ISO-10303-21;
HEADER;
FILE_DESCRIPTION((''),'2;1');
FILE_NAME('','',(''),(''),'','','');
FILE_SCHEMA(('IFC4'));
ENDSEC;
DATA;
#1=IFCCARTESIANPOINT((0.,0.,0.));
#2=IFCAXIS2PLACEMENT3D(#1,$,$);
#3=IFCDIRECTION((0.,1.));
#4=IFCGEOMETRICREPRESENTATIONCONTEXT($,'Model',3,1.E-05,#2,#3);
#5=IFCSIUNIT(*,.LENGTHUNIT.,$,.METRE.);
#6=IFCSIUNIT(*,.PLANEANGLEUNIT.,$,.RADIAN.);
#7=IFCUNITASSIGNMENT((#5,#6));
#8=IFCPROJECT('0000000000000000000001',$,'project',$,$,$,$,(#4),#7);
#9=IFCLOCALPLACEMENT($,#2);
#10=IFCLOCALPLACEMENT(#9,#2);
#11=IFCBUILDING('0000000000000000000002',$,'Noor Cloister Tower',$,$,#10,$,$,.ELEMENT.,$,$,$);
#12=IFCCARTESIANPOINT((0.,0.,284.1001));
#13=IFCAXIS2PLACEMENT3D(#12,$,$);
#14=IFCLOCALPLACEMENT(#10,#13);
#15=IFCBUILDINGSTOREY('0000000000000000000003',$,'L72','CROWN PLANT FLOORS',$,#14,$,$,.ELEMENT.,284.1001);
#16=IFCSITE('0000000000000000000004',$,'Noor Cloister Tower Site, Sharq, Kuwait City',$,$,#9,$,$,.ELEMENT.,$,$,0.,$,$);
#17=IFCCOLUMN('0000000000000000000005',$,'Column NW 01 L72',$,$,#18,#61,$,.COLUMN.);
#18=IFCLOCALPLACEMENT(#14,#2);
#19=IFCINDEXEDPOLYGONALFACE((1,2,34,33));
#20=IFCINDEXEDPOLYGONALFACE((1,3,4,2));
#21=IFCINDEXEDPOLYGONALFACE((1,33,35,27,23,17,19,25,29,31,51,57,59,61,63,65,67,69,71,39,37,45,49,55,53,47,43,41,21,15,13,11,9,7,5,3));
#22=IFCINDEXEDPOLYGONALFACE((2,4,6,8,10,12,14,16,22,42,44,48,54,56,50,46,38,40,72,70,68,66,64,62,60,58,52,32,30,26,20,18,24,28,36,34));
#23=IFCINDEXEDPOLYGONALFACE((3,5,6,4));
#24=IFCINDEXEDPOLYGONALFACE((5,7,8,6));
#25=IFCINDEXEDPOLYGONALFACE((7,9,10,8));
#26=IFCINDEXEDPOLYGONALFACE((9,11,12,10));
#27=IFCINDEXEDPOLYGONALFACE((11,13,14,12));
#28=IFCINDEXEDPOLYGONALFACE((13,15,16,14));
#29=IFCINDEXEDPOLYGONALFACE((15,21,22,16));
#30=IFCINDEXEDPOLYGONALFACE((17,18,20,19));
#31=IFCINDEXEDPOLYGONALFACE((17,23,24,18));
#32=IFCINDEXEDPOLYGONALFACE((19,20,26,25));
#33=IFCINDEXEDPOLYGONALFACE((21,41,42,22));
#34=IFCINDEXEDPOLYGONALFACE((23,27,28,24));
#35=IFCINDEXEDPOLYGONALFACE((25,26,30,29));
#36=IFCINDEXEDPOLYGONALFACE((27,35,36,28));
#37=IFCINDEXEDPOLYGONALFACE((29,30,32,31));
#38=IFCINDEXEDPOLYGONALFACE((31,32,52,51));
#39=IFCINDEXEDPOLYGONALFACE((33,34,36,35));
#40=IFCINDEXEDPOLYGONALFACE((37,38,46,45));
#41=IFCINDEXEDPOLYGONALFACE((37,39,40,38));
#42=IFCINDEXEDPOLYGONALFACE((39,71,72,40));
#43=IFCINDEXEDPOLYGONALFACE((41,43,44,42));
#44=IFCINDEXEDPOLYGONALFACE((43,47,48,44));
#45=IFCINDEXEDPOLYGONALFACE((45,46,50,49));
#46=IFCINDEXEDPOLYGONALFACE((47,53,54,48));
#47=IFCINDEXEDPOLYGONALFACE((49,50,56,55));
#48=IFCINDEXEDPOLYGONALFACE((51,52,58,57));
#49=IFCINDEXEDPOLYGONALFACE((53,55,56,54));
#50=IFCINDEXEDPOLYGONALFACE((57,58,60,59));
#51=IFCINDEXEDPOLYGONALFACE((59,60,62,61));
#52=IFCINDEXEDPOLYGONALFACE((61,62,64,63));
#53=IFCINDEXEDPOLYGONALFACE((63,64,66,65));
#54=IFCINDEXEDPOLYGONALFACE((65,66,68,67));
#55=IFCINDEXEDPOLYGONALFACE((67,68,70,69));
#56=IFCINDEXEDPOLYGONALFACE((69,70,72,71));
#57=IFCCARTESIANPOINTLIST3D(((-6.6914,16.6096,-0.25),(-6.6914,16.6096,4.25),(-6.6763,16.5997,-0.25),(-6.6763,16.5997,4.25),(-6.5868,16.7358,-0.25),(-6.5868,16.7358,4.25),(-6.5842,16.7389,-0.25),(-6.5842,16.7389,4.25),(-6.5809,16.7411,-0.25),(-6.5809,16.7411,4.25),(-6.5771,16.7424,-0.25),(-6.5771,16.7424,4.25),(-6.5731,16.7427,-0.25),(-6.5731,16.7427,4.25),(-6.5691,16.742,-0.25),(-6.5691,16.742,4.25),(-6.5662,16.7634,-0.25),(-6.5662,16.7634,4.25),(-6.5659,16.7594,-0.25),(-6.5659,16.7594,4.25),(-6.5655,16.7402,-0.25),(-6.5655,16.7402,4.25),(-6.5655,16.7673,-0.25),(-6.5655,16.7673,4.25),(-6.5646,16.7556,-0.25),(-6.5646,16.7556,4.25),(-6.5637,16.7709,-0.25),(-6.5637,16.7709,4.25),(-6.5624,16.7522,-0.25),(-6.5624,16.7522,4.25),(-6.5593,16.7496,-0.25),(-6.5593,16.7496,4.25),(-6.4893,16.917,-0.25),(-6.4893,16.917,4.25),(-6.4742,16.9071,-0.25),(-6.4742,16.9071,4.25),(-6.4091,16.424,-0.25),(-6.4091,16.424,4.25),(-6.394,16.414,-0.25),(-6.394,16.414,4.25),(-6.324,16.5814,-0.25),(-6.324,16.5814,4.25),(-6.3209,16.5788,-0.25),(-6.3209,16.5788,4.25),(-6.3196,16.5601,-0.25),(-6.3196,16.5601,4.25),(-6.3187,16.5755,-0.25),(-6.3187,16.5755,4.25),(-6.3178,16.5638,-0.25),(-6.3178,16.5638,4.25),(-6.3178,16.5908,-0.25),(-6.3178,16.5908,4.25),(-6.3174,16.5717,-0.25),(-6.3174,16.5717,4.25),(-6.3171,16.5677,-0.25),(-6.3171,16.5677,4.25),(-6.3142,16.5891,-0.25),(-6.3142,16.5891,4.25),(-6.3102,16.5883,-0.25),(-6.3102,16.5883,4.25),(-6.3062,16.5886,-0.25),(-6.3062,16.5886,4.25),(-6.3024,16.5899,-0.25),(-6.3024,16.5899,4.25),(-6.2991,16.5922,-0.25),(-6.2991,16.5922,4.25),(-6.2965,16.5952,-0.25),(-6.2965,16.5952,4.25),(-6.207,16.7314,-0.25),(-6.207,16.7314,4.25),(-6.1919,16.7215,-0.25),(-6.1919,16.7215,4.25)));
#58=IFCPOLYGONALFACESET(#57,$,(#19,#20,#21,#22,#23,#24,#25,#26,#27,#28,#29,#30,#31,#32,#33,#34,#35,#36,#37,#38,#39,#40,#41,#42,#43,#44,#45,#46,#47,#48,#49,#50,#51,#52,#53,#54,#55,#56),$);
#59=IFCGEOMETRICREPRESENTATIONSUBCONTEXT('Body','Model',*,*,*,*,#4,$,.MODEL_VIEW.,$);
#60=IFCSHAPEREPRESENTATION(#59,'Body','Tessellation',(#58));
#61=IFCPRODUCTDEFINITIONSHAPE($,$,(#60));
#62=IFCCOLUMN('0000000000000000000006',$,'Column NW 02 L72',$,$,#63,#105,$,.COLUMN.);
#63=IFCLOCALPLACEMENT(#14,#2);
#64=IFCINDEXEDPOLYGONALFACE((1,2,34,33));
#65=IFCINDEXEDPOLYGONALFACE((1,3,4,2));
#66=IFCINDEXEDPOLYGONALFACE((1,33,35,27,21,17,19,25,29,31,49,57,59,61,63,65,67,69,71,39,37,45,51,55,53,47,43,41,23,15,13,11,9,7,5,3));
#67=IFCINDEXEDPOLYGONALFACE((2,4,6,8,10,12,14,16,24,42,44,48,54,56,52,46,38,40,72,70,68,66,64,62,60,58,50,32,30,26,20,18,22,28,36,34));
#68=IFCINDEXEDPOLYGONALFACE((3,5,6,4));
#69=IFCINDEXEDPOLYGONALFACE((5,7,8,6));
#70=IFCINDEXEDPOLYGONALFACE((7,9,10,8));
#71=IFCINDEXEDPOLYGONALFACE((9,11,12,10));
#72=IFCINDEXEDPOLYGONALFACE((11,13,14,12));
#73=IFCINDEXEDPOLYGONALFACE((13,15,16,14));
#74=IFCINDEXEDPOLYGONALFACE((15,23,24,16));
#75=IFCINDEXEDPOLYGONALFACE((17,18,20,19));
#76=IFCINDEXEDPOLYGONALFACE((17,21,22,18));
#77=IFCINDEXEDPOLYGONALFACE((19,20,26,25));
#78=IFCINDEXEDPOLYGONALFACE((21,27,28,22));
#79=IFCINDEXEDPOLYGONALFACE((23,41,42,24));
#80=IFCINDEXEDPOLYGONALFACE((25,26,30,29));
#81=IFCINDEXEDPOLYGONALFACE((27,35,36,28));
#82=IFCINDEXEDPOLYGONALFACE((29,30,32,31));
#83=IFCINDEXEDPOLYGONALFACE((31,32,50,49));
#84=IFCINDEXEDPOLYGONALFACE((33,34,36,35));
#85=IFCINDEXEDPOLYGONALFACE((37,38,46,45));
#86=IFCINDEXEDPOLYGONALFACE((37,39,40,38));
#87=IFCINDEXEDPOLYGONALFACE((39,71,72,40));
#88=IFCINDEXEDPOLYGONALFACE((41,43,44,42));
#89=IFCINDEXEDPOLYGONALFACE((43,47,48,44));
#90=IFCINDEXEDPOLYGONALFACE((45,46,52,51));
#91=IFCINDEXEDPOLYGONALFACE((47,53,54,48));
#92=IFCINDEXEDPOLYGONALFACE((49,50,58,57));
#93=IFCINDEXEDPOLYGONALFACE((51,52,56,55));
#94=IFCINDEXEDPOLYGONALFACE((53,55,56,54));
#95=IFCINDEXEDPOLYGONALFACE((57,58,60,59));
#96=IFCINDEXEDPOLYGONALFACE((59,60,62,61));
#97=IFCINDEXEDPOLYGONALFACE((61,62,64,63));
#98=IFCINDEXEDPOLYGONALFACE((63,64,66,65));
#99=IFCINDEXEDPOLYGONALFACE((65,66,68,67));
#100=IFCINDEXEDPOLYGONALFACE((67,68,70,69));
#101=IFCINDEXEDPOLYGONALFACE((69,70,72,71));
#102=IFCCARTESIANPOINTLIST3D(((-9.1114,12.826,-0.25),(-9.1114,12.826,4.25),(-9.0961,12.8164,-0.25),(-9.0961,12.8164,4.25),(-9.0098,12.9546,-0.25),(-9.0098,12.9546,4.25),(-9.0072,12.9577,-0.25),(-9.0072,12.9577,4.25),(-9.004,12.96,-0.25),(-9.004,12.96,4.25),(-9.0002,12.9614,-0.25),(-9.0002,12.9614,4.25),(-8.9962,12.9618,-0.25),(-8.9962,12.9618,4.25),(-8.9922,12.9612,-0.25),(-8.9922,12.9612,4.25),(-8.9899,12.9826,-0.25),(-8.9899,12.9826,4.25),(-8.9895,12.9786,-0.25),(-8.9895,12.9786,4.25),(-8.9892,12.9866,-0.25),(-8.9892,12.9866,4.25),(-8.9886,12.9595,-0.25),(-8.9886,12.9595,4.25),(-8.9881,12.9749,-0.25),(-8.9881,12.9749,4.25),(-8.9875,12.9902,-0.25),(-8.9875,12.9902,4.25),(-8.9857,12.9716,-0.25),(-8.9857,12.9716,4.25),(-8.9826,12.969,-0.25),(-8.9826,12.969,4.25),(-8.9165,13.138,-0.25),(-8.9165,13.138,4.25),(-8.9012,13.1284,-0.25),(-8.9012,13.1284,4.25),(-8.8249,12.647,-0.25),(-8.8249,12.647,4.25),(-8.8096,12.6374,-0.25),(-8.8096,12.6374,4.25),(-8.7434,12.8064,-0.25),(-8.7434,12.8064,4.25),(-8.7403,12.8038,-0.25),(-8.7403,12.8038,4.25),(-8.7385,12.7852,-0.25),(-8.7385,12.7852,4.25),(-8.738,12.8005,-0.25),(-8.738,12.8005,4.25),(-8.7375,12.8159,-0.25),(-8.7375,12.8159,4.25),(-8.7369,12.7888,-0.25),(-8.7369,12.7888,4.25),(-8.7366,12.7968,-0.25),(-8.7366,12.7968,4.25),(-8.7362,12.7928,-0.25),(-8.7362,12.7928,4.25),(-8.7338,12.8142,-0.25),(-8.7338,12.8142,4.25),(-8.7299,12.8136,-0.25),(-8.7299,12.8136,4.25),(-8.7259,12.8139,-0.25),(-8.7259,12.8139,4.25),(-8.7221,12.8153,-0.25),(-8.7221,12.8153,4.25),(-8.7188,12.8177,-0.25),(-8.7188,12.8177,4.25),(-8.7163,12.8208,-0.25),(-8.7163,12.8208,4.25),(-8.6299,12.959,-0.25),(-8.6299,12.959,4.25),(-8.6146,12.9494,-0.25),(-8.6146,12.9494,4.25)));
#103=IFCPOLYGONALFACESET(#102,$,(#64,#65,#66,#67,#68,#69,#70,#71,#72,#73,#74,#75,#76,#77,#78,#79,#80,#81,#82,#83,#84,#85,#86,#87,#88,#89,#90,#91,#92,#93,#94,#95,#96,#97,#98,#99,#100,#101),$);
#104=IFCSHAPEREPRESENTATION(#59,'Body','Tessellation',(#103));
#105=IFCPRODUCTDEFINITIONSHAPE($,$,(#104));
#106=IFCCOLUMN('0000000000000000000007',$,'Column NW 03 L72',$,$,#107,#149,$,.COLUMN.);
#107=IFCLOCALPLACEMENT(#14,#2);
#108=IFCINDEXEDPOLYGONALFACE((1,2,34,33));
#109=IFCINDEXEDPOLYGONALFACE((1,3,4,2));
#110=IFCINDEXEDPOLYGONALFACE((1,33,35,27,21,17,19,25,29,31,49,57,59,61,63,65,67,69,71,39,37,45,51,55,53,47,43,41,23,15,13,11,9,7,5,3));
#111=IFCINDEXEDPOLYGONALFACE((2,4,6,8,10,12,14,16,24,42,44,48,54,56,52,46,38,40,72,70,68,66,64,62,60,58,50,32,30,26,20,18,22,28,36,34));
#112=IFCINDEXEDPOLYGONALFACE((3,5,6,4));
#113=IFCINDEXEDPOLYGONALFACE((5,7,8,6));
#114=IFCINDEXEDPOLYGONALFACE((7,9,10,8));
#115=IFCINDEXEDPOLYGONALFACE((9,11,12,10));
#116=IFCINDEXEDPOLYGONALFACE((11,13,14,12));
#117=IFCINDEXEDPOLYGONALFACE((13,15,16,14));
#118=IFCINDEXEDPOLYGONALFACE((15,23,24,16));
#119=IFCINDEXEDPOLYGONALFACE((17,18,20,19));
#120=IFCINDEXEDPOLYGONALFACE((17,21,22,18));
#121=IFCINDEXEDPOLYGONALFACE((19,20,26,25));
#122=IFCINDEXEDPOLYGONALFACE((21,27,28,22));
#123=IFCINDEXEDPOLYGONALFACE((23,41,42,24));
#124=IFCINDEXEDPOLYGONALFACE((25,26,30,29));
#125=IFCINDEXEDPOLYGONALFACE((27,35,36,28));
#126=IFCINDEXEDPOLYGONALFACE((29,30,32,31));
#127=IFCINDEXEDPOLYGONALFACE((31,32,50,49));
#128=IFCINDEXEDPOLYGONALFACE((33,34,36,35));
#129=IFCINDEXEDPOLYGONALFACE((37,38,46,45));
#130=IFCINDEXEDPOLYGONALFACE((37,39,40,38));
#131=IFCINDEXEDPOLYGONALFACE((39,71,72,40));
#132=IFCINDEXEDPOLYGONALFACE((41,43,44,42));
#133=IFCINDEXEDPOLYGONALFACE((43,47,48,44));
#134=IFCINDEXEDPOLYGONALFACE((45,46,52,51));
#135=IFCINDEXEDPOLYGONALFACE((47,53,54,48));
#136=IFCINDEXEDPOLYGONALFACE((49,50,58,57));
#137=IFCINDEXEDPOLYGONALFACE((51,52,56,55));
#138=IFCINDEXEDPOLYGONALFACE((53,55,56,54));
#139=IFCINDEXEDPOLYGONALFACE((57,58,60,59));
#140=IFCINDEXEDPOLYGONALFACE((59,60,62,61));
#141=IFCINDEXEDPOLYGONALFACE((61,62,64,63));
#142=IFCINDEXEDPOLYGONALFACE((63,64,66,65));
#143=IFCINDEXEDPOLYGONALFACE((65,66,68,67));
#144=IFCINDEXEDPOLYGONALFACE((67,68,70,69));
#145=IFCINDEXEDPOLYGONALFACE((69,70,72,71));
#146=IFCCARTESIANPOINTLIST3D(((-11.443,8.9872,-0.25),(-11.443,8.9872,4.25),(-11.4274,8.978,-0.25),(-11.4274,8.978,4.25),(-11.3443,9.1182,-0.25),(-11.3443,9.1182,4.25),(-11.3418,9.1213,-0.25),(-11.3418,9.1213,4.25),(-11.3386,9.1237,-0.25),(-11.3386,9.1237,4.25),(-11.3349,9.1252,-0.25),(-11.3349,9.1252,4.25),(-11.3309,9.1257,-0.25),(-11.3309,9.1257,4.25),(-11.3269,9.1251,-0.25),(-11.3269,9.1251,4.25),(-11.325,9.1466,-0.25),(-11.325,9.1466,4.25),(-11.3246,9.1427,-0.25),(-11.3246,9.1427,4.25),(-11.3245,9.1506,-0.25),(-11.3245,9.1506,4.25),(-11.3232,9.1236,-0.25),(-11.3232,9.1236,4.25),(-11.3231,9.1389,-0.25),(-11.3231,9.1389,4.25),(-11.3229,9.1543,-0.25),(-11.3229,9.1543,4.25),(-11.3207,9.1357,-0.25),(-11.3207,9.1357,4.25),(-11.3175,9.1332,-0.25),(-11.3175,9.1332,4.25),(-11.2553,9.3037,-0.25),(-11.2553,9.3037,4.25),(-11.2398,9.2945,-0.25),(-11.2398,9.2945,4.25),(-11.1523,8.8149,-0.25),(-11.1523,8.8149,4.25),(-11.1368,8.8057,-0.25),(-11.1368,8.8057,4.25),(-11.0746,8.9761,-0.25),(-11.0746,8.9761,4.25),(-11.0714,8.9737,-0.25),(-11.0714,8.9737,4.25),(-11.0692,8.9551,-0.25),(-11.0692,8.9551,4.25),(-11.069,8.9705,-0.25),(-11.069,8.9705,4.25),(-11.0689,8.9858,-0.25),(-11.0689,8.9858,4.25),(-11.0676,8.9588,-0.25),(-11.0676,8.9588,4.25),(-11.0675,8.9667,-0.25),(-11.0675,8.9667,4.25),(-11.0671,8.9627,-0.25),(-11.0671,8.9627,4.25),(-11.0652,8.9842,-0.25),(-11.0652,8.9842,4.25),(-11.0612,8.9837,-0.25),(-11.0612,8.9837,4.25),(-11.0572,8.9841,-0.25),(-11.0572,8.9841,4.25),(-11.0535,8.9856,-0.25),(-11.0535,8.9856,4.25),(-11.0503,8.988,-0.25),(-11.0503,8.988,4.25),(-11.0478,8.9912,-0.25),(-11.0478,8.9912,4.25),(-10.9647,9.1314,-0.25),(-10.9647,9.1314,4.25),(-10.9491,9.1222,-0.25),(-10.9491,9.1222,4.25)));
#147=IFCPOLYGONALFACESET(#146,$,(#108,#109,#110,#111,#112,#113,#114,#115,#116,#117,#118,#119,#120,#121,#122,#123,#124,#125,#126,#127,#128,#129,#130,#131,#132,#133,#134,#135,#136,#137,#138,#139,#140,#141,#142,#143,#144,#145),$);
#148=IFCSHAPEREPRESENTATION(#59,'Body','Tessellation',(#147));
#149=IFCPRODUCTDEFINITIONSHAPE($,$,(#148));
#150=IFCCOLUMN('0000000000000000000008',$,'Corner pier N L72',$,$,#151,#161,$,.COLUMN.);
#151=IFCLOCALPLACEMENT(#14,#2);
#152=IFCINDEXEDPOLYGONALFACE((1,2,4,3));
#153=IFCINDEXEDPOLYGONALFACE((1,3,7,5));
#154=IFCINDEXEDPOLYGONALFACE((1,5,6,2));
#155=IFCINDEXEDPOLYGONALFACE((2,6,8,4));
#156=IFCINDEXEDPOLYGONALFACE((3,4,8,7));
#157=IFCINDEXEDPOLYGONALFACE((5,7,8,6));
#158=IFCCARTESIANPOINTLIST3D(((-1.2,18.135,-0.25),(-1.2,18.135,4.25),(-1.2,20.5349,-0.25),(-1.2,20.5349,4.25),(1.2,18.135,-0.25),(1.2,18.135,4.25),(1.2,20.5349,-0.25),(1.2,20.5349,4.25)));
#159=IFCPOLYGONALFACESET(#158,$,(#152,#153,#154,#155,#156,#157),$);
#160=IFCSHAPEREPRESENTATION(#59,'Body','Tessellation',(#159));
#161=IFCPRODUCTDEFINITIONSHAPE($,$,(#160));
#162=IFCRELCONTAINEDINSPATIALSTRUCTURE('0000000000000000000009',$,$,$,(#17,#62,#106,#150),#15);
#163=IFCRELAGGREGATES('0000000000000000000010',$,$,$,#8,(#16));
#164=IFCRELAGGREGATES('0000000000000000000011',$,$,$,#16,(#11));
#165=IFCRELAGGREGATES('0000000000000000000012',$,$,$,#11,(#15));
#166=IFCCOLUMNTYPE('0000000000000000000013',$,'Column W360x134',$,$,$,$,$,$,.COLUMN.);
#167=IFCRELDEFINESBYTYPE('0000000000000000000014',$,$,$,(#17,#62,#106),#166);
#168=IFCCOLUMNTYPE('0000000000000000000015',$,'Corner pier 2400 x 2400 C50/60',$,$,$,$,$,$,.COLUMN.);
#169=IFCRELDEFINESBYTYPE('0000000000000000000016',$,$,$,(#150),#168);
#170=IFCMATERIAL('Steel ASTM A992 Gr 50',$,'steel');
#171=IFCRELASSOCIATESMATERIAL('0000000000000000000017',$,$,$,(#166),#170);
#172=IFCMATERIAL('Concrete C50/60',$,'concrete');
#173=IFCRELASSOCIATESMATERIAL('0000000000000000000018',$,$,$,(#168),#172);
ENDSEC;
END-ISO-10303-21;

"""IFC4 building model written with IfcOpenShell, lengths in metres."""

from ifc_helpers import new_model, si_unit, direction, frame, origin, origin_2d, place, context, subcontext, project, spatial, rectangle, i_section, extrude, material, material_profile, profile_set, type_object, element, save


model = new_model("IFC4")

# Units and contexts
model_context = context("Model", 3, precision=1e-05, world=origin(), true_north=direction((0.0, 1.0)))
body_context = subcontext(model_context, "Body", "Model", "MODEL_VIEW")
ifc_project = project(units=[si_unit("LENGTHUNIT", "METRE"), si_unit("PLANEANGLEUNIT", "RADIAN")], contexts=[model_context])

# Site, building, storey
site_placement = place(None, origin())
site = spatial("IfcSite", under=ifc_project, at=site_placement, Name="Noor Cloister Tower Site, Sharq, Kuwait City", CompositionType="ELEMENT", RefElevation=0.0)
building_placement = place(site_placement, origin())
building = spatial("IfcBuilding", under=site, at=building_placement, Name="Noor Cloister Tower", CompositionType="ELEMENT")
storey_placement = place(building_placement, frame((0.0, 0.0, 284.1001)))
storey = spatial("IfcBuildingStorey", under=building, at=storey_placement, Name="L72", Description="CROWN PLANT FLOORS", CompositionType="ELEMENT", Elevation=284.1001)

# Columns
ifc_material_1 = material(Name="Steel ASTM A992 Gr 50", Category="steel")
ifc_material_profile_1 = material_profile(ifc_material_1, i_section(OverallWidth=0.3679, OverallDepth=0.356, WebThickness=0.0112, FlangeThickness=0.0181, FilletRadius=0.0154, at=origin_2d()), Name="W360x134")
ifc_profile_set_1 = profile_set([ifc_material_profile_1], Name="Steel ASTM A992 Gr 50")
column_type_1 = type_object("IfcColumnType", Name="Column W360x134", PredefinedType="COLUMN", material=ifc_profile_set_1)
for number, where, z_axis, x_axis, name in (
    (1, (-6.4417, 16.6655, -0.25), (0.0, 0.0, 1.0), (-0.549345, -0.835596, 0.0), "Column NW 01 L72"),
    (2, (-8.863, 12.8877, -0.25), (0.0, 0.0, 1.0), (-0.529819, -0.848111, 0.0), "Column NW 02 L72"),
    (3, (-11.196, 9.0547, -0.25), (0.0, 0.0, 1.0), (-0.510009, -0.860169, 0.0), "Column NW 03 L72"),
):
    element("IfcColumn", number, at=place(storey_placement, frame(where, z_axis=z_axis, x_axis=x_axis)), inside=storey, type_object=column_type_1, Name=name, PredefinedType="COLUMN", context=body_context, shape_type="SweptSolid", body=[
        extrude(i_section(OverallWidth=0.3679, OverallDepth=0.356, WebThickness=0.0112, FlangeThickness=0.0181, FilletRadius=0.0154, at=origin_2d()), origin(), (0.0, 0.0, 1.0), 4.5),
    ])
ifc_material_2 = material(Name="Concrete C50/60", Category="concrete")
ifc_material_profile_2 = material_profile(ifc_material_2, rectangle(XDim=2.3999, YDim=2.3999, at=origin_2d()), Name="RC 2400x2400")
ifc_profile_set_2 = profile_set([ifc_material_profile_2], Name="Concrete C50/60")
column_type_2 = type_object("IfcColumnType", Name="Corner pier 2400 x 2400 C50/60", PredefinedType="COLUMN", material=ifc_profile_set_2)
column_placement = place(storey_placement, frame((0.0, 19.335, -0.25), z_axis=(0.0, 0.0, 1.0), x_axis=(0.0, 1.0, 0.0)))
element("IfcColumn", 4, at=column_placement, inside=storey, type_object=column_type_2, Name="Corner pier N L72", PredefinedType="COLUMN", context=body_context, shape_type="SweptSolid", body=[
    extrude(rectangle(XDim=2.3999, YDim=2.3999, at=origin_2d()), origin(), (0.0, 0.0, 1.0), 4.5),
])

save(model, "model.ifc")
